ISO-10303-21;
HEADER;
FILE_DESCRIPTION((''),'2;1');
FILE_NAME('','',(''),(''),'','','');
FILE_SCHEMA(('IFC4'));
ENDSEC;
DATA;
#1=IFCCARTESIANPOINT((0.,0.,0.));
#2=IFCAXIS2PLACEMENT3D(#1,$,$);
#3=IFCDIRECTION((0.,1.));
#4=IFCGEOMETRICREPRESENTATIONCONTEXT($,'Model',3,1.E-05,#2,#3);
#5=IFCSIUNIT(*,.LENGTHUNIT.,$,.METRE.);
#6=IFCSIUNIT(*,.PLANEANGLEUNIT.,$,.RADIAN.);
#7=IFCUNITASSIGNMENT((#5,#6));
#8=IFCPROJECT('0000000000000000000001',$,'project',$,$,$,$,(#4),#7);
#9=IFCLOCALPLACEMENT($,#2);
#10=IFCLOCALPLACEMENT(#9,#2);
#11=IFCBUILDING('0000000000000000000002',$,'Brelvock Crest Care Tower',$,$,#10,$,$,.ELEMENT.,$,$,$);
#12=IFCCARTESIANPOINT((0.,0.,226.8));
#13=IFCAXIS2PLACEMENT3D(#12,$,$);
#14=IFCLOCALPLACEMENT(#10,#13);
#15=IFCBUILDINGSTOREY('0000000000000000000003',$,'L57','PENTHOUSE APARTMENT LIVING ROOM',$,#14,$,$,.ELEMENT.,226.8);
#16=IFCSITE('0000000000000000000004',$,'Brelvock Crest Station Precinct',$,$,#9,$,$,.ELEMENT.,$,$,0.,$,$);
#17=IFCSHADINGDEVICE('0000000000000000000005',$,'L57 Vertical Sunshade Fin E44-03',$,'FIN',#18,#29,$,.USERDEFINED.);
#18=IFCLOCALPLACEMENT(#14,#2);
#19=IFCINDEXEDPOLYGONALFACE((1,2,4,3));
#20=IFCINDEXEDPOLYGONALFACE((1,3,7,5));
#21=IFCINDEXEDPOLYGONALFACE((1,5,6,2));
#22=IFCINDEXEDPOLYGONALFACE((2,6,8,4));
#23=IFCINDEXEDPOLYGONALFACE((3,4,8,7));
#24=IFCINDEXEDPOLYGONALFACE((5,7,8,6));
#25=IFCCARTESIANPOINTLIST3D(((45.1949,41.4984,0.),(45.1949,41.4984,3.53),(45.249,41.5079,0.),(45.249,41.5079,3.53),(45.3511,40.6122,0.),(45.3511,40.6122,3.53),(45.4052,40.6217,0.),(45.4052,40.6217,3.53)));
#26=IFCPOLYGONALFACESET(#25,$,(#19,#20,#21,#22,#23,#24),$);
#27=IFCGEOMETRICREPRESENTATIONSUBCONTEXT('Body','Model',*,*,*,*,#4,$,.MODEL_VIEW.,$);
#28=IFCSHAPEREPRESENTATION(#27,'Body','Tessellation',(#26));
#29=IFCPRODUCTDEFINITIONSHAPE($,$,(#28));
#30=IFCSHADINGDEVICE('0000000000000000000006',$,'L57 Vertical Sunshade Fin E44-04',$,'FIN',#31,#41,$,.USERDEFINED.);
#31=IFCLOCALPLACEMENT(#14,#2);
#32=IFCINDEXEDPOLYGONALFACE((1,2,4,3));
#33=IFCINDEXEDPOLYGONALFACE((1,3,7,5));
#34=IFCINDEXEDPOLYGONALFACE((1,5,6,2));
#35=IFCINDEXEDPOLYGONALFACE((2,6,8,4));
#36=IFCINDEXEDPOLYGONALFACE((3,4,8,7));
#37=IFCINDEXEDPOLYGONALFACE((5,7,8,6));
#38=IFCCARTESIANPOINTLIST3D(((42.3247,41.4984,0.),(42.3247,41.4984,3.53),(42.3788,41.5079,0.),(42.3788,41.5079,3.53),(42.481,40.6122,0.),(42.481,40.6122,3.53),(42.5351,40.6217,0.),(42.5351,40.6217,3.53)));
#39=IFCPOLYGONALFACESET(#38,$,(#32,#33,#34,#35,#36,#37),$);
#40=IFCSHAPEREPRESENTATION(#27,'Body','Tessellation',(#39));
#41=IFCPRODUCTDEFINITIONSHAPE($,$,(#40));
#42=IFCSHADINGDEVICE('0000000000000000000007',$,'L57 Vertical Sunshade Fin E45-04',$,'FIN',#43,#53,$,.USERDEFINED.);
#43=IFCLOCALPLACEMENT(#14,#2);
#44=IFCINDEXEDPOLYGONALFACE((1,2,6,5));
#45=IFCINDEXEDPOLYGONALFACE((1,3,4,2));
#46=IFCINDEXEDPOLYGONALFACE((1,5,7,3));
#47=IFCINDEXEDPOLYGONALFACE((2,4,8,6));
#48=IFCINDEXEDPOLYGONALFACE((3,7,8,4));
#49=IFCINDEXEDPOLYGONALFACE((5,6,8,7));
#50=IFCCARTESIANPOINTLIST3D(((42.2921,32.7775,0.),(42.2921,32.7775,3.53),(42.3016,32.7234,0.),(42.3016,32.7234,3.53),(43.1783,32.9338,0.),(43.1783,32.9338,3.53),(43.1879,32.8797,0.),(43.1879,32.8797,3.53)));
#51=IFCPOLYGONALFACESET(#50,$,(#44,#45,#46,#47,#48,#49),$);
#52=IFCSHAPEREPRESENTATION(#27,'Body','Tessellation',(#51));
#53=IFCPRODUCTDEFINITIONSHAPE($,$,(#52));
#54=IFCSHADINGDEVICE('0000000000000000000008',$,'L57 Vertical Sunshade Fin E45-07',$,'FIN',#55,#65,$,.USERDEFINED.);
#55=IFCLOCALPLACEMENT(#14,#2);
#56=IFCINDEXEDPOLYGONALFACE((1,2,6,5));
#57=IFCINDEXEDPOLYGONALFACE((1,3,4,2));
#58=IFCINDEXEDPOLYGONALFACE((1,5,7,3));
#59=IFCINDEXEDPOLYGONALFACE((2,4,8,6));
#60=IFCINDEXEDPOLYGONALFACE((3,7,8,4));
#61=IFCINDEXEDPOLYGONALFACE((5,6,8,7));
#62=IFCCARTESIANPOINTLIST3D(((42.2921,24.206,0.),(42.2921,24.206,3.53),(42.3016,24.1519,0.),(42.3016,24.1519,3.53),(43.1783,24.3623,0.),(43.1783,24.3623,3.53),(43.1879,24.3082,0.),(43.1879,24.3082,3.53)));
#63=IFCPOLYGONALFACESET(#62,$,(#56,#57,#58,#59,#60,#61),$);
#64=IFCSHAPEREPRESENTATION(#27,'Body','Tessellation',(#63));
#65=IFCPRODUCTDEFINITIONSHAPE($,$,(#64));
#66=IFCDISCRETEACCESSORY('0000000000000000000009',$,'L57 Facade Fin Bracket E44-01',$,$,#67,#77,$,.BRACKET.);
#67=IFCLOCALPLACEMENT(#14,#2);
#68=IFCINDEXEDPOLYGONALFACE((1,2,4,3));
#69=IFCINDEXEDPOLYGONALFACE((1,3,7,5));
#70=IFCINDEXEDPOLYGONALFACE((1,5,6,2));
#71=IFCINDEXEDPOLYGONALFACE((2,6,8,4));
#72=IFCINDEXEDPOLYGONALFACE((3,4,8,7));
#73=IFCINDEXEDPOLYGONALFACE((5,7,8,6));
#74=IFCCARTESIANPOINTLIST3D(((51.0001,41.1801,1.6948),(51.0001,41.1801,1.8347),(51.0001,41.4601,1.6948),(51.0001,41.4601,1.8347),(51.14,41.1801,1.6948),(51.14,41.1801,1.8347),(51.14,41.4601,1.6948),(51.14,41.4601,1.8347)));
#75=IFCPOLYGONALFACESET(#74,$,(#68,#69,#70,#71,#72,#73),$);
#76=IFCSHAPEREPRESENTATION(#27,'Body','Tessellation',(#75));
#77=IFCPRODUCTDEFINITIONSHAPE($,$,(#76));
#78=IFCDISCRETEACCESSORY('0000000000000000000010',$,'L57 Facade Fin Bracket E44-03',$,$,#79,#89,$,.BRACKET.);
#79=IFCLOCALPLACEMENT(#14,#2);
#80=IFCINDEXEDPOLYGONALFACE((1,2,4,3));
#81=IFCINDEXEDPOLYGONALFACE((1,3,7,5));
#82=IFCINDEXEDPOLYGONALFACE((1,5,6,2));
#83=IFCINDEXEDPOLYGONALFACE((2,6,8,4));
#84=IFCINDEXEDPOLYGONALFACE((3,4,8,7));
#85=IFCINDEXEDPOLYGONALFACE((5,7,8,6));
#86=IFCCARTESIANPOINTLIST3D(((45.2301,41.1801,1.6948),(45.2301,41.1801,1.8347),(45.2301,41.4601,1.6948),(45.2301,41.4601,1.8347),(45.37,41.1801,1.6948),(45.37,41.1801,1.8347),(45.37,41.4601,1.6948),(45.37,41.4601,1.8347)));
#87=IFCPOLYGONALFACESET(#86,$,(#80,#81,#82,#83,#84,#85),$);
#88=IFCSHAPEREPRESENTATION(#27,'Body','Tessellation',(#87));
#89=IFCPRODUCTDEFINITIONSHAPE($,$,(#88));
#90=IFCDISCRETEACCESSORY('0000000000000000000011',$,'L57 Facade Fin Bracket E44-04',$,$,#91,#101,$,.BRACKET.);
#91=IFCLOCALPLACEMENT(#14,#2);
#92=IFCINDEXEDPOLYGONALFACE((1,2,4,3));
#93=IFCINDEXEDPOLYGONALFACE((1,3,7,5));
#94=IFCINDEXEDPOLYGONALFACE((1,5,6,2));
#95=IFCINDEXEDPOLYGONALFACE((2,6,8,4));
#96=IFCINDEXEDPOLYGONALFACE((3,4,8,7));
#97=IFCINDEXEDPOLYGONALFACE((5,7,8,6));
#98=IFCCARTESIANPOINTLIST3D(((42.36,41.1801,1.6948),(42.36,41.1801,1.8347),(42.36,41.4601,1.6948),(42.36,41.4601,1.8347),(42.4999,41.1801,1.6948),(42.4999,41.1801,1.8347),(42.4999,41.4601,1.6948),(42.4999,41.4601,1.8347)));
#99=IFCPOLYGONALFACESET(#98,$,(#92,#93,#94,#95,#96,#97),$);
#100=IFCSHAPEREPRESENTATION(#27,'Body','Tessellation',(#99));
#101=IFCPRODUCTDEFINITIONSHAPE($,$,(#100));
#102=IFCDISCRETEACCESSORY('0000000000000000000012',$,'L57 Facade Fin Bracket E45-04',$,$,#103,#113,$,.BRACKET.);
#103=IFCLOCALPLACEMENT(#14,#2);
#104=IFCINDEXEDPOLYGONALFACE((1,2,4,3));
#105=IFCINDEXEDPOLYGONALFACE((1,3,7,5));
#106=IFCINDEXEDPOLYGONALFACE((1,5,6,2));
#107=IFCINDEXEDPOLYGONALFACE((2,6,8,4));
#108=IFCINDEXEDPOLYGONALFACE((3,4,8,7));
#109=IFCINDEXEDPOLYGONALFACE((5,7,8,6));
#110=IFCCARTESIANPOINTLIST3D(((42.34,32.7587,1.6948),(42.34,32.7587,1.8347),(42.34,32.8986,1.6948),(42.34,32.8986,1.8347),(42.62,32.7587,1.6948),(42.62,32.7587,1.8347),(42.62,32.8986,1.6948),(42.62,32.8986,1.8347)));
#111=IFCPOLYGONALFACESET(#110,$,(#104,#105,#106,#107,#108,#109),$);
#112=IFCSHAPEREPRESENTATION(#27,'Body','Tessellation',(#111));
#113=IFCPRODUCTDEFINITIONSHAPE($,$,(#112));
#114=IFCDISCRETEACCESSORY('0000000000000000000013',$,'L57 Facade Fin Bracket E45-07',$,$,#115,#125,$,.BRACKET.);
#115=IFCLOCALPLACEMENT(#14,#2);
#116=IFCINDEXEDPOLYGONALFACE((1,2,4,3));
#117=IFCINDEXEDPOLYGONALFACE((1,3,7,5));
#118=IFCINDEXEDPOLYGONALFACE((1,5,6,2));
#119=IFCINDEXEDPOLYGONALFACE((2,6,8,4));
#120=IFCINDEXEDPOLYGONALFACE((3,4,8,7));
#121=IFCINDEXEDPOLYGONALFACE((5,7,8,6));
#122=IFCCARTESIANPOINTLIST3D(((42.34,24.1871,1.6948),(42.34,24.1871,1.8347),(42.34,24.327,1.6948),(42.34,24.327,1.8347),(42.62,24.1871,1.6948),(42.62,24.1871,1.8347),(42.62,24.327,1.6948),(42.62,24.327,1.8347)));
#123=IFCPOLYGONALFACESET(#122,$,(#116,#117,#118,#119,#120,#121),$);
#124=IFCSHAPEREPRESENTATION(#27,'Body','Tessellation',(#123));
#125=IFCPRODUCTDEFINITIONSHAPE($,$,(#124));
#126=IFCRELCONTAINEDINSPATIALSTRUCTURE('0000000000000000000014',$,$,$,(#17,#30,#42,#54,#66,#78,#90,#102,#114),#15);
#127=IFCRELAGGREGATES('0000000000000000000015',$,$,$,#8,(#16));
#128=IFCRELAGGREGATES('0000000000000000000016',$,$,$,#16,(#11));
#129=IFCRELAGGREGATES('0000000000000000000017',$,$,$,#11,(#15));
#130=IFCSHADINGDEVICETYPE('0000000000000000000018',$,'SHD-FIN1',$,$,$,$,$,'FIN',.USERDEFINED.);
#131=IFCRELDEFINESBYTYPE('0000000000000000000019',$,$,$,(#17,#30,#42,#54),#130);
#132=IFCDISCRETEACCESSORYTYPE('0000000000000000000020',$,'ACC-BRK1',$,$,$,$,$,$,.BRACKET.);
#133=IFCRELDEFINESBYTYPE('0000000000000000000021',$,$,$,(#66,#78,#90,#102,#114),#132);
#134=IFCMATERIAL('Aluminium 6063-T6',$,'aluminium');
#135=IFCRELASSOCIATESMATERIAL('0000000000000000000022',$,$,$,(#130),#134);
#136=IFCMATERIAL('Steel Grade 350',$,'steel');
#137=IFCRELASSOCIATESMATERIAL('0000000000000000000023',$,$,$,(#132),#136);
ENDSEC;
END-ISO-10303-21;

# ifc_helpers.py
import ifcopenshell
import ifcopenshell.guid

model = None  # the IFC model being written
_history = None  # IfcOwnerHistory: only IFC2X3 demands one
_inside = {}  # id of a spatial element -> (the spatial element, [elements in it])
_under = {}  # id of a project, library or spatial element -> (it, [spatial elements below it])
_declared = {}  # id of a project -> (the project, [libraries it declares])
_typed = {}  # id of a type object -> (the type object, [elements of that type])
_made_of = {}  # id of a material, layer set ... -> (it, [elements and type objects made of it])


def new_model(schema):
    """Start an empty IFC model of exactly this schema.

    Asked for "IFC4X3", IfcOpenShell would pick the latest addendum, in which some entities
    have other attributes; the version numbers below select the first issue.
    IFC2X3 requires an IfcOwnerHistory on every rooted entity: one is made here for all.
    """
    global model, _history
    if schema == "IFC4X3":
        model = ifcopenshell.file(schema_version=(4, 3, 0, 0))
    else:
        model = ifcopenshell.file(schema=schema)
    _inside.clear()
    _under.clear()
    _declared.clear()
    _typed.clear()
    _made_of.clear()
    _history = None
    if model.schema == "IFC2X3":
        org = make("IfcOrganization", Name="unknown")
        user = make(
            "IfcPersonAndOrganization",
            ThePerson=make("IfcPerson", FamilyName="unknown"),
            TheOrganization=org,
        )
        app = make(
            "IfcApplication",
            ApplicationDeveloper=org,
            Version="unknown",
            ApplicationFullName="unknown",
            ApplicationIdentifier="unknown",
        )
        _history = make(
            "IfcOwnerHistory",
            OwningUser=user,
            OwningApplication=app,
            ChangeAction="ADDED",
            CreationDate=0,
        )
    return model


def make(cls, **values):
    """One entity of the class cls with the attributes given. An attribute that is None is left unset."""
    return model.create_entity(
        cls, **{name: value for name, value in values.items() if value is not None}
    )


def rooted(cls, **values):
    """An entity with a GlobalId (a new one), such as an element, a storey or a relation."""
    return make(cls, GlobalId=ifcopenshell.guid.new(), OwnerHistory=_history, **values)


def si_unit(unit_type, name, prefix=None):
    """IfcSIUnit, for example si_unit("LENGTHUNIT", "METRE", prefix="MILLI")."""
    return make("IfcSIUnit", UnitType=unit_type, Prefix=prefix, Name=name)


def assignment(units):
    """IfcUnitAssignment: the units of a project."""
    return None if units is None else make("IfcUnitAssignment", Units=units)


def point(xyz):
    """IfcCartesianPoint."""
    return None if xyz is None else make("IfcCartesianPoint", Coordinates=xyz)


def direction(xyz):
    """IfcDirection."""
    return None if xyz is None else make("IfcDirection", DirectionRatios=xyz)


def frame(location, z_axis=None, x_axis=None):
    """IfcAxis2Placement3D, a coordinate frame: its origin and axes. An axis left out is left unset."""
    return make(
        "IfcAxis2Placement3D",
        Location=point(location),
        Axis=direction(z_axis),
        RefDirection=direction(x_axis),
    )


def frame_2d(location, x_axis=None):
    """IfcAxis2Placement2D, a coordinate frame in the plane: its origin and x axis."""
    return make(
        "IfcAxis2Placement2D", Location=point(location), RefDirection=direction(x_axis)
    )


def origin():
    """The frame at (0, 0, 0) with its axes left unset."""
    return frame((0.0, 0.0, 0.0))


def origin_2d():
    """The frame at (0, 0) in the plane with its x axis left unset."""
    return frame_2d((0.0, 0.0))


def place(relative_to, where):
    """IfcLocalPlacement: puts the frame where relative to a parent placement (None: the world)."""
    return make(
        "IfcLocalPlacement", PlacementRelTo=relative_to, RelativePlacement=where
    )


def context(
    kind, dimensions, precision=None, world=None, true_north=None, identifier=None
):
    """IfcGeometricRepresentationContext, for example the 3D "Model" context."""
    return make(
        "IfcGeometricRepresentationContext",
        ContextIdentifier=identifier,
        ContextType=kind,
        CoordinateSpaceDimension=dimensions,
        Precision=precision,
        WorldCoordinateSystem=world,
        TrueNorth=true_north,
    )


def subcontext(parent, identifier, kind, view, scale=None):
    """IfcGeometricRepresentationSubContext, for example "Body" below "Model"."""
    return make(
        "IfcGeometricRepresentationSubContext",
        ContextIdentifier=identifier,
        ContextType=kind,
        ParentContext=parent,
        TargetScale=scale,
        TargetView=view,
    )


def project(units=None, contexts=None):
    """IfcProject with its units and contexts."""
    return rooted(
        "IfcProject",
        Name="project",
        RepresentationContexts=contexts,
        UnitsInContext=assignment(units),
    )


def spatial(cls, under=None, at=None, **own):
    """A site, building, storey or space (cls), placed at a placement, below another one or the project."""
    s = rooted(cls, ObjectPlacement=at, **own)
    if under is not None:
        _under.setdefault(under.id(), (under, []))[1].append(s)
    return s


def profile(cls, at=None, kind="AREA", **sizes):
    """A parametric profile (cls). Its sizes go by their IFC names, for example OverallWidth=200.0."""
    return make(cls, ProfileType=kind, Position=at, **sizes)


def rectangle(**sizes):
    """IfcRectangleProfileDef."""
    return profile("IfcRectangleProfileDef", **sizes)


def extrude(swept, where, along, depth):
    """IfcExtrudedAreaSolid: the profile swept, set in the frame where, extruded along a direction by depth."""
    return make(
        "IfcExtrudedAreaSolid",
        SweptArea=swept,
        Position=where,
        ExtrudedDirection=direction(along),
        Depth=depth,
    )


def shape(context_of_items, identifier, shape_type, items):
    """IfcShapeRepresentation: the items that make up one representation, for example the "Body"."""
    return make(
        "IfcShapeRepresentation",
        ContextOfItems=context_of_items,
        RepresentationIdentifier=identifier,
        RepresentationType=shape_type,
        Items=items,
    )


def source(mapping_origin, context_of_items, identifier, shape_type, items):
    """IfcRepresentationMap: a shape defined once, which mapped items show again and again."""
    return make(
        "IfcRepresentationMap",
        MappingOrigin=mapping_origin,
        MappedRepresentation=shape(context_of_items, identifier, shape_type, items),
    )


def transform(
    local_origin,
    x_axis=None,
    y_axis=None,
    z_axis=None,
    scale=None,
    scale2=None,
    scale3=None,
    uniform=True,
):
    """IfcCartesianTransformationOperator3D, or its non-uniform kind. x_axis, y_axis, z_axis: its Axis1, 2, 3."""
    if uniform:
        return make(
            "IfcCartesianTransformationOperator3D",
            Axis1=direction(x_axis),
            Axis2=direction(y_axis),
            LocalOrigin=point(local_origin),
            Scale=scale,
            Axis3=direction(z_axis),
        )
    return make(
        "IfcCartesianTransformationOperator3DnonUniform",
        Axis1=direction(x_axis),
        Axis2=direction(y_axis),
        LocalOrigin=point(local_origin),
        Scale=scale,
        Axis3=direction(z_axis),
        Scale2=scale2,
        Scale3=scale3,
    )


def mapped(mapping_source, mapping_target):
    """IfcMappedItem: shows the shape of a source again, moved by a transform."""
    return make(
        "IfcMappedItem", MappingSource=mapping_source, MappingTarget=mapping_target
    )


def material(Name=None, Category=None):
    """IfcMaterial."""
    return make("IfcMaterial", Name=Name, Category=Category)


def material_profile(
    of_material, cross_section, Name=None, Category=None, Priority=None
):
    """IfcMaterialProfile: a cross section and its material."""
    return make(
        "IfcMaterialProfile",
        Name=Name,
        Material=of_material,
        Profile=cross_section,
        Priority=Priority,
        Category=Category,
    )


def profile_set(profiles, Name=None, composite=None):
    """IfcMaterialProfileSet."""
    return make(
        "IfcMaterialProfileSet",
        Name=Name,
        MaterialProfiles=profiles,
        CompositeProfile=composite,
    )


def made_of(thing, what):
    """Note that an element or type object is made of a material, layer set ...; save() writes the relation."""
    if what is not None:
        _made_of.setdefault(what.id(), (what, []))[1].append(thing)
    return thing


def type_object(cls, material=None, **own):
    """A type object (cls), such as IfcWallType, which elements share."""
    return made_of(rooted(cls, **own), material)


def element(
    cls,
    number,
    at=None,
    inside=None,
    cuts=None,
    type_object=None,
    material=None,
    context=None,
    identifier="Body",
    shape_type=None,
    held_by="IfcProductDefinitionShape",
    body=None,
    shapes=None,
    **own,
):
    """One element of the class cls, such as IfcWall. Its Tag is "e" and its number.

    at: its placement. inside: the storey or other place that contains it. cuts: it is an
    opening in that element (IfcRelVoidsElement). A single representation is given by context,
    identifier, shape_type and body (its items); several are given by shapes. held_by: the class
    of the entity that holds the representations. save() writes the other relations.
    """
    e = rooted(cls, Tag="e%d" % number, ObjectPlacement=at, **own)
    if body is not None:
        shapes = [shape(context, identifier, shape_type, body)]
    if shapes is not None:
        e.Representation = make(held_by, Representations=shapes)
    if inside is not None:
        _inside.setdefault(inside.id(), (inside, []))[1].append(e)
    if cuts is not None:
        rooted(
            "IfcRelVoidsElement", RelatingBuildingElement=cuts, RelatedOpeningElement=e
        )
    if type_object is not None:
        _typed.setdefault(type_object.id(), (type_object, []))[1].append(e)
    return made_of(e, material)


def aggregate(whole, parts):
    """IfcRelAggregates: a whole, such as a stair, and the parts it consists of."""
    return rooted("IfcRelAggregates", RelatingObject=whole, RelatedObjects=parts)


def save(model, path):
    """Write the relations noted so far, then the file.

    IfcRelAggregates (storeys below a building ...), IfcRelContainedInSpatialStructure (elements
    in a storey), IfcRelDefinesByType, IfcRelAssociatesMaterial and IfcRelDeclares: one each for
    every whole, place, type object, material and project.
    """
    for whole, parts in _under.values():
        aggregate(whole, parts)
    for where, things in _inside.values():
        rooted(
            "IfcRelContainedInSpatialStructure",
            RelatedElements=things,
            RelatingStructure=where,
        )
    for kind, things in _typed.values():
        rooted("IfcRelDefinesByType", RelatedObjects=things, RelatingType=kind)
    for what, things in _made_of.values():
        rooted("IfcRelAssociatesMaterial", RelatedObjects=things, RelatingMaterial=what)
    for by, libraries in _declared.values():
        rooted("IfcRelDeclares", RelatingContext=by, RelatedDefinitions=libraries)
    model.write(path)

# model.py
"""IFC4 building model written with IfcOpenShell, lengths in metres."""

from ifc_helpers import new_model, si_unit, direction, frame, origin, origin_2d, place, context, subcontext, project, spatial, rectangle, extrude, source, transform, mapped, material, material_profile, profile_set, type_object, element, save


model = new_model("IFC4")

# Units and contexts
model_context = context("Model", 3, precision=1e-05, world=origin(), true_north=direction((0.0, 1.0)))
body_context = subcontext(model_context, "Body", "Model", "MODEL_VIEW")
ifc_project = project(units=[si_unit("LENGTHUNIT", "METRE"), si_unit("PLANEANGLEUNIT", "RADIAN")], contexts=[model_context])

# Site, building, storey
site_placement = place(None, origin())
site = spatial("IfcSite", under=ifc_project, at=site_placement, Name="Brelvock Crest Station Precinct", CompositionType="ELEMENT", RefElevation=0.0)
building_placement = place(site_placement, origin())
building = spatial("IfcBuilding", under=site, at=building_placement, Name="Brelvock Crest Care Tower", CompositionType="ELEMENT")
storey_placement = place(building_placement, frame((0.0, 0.0, 226.8)))
storey = spatial("IfcBuildingStorey", under=building, at=storey_placement, Name="L57", Description="PENTHOUSE APARTMENT LIVING ROOM", CompositionType="ELEMENT", Elevation=226.8)

# Shared definitions
ifc_material_1 = material(Name="Aluminium 6063-T6", Category="aluminium")

# Shading devices
ifc_material_profile_1 = material_profile(ifc_material_1, rectangle(XDim=0.0549, YDim=0.8999, at=origin_2d()), Name="FIN55x900")
ifc_profile_set_1 = profile_set([ifc_material_profile_1], Name="Aluminium 6063-T6")
shading_device_type = type_object("IfcShadingDeviceType", Name="SHD-FIN1", ElementType="FIN", PredefinedType="USERDEFINED", material=ifc_profile_set_1)
shared_shape_1 = source(origin(), body_context, "Body", "SweptSolid", [
    extrude(rectangle(XDim=0.0549, YDim=0.8999, at=origin_2d()), origin(), (0.0, 0.0, 1.0), 3.53),
])
for number, where, z_axis, x_axis, name in (
    (1, (45.3, 41.0601, 0.0), (0.0, 0.0, 1.0), (-0.984808, -0.173648, 0.0), "L57 Vertical Sunshade Fin E44-03"),
    (2, (42.4299, 41.0601, 0.0), (0.0, 0.0, 1.0), (-0.984808, -0.173648, 0.0), "L57 Vertical Sunshade Fin E44-04"),
    (3, (42.74, 32.8286, 0.0), (0.0, 0.0, 1.0), (0.173648, -0.984808, 0.0), "L57 Vertical Sunshade Fin E45-04"),
    (4, (42.74, 24.2571, 0.0), (0.0, 0.0, 1.0), (0.173648, -0.984808, 0.0), "L57 Vertical Sunshade Fin E45-07"),
):
    element("IfcShadingDevice", number, at=place(storey_placement, frame(where, z_axis=z_axis, x_axis=x_axis)), inside=storey, type_object=shading_device_type, Name=name, ObjectType="FIN", PredefinedType="USERDEFINED", context=body_context, shape_type="MappedRepresentation", body=[
        mapped(shared_shape_1, transform((0.0, 0.0, 0.0), x_axis=(1.0, 0.0, 0.0), y_axis=(0.0, 1.0, 0.0), z_axis=(0.0, 0.0, 1.0), scale=1.0)),
    ])

# Discrete accessories
ifc_material_2 = material(Name="Steel Grade 350", Category="steel")
discrete_accessory_type = type_object("IfcDiscreteAccessoryType", Name="ACC-BRK1", PredefinedType="BRACKET", material=ifc_material_2)
shared_shape_2 = source(origin(), body_context, "Body", "SweptSolid", [
    extrude(rectangle(XDim=0.28, YDim=0.1399, at=origin_2d()), origin(), (0.0, 0.0, 1.0), 0.1399),
])
for number, where, z_axis, x_axis, name in (
    (5, (51.0701, 41.3201, 1.6948), (0.0, 0.0, 1.0), (0.0, -1.0, 0.0), "L57 Facade Fin Bracket E44-01"),
    (6, (45.3, 41.3201, 1.6948), (0.0, 0.0, 1.0), (0.0, -1.0, 0.0), "L57 Facade Fin Bracket E44-03"),
    (7, (42.4299, 41.3201, 1.6948), (0.0, 0.0, 1.0), (0.0, -1.0, 0.0), "L57 Facade Fin Bracket E44-04"),
    (8, (42.48, 32.8286, 1.6948), (0.0, 0.0, 1.0), (1.0, 0.0, 0.0), "L57 Facade Fin Bracket E45-04"),
    (9, (42.48, 24.2571, 1.6948), (0.0, 0.0, 1.0), (1.0, 0.0, 0.0), "L57 Facade Fin Bracket E45-07"),
):
    element("IfcDiscreteAccessory", number, at=place(storey_placement, frame(where, z_axis=z_axis, x_axis=x_axis)), inside=storey, type_object=discrete_accessory_type, Name=name, PredefinedType="BRACKET", context=body_context, shape_type="MappedRepresentation", body=[
        mapped(shared_shape_2, transform((0.0, 0.0, 0.0), x_axis=(1.0, 0.0, 0.0), y_axis=(0.0, 1.0, 0.0), z_axis=(0.0, 0.0, 1.0), scale=1.0)),
    ])

save(model, "model.ifc")
